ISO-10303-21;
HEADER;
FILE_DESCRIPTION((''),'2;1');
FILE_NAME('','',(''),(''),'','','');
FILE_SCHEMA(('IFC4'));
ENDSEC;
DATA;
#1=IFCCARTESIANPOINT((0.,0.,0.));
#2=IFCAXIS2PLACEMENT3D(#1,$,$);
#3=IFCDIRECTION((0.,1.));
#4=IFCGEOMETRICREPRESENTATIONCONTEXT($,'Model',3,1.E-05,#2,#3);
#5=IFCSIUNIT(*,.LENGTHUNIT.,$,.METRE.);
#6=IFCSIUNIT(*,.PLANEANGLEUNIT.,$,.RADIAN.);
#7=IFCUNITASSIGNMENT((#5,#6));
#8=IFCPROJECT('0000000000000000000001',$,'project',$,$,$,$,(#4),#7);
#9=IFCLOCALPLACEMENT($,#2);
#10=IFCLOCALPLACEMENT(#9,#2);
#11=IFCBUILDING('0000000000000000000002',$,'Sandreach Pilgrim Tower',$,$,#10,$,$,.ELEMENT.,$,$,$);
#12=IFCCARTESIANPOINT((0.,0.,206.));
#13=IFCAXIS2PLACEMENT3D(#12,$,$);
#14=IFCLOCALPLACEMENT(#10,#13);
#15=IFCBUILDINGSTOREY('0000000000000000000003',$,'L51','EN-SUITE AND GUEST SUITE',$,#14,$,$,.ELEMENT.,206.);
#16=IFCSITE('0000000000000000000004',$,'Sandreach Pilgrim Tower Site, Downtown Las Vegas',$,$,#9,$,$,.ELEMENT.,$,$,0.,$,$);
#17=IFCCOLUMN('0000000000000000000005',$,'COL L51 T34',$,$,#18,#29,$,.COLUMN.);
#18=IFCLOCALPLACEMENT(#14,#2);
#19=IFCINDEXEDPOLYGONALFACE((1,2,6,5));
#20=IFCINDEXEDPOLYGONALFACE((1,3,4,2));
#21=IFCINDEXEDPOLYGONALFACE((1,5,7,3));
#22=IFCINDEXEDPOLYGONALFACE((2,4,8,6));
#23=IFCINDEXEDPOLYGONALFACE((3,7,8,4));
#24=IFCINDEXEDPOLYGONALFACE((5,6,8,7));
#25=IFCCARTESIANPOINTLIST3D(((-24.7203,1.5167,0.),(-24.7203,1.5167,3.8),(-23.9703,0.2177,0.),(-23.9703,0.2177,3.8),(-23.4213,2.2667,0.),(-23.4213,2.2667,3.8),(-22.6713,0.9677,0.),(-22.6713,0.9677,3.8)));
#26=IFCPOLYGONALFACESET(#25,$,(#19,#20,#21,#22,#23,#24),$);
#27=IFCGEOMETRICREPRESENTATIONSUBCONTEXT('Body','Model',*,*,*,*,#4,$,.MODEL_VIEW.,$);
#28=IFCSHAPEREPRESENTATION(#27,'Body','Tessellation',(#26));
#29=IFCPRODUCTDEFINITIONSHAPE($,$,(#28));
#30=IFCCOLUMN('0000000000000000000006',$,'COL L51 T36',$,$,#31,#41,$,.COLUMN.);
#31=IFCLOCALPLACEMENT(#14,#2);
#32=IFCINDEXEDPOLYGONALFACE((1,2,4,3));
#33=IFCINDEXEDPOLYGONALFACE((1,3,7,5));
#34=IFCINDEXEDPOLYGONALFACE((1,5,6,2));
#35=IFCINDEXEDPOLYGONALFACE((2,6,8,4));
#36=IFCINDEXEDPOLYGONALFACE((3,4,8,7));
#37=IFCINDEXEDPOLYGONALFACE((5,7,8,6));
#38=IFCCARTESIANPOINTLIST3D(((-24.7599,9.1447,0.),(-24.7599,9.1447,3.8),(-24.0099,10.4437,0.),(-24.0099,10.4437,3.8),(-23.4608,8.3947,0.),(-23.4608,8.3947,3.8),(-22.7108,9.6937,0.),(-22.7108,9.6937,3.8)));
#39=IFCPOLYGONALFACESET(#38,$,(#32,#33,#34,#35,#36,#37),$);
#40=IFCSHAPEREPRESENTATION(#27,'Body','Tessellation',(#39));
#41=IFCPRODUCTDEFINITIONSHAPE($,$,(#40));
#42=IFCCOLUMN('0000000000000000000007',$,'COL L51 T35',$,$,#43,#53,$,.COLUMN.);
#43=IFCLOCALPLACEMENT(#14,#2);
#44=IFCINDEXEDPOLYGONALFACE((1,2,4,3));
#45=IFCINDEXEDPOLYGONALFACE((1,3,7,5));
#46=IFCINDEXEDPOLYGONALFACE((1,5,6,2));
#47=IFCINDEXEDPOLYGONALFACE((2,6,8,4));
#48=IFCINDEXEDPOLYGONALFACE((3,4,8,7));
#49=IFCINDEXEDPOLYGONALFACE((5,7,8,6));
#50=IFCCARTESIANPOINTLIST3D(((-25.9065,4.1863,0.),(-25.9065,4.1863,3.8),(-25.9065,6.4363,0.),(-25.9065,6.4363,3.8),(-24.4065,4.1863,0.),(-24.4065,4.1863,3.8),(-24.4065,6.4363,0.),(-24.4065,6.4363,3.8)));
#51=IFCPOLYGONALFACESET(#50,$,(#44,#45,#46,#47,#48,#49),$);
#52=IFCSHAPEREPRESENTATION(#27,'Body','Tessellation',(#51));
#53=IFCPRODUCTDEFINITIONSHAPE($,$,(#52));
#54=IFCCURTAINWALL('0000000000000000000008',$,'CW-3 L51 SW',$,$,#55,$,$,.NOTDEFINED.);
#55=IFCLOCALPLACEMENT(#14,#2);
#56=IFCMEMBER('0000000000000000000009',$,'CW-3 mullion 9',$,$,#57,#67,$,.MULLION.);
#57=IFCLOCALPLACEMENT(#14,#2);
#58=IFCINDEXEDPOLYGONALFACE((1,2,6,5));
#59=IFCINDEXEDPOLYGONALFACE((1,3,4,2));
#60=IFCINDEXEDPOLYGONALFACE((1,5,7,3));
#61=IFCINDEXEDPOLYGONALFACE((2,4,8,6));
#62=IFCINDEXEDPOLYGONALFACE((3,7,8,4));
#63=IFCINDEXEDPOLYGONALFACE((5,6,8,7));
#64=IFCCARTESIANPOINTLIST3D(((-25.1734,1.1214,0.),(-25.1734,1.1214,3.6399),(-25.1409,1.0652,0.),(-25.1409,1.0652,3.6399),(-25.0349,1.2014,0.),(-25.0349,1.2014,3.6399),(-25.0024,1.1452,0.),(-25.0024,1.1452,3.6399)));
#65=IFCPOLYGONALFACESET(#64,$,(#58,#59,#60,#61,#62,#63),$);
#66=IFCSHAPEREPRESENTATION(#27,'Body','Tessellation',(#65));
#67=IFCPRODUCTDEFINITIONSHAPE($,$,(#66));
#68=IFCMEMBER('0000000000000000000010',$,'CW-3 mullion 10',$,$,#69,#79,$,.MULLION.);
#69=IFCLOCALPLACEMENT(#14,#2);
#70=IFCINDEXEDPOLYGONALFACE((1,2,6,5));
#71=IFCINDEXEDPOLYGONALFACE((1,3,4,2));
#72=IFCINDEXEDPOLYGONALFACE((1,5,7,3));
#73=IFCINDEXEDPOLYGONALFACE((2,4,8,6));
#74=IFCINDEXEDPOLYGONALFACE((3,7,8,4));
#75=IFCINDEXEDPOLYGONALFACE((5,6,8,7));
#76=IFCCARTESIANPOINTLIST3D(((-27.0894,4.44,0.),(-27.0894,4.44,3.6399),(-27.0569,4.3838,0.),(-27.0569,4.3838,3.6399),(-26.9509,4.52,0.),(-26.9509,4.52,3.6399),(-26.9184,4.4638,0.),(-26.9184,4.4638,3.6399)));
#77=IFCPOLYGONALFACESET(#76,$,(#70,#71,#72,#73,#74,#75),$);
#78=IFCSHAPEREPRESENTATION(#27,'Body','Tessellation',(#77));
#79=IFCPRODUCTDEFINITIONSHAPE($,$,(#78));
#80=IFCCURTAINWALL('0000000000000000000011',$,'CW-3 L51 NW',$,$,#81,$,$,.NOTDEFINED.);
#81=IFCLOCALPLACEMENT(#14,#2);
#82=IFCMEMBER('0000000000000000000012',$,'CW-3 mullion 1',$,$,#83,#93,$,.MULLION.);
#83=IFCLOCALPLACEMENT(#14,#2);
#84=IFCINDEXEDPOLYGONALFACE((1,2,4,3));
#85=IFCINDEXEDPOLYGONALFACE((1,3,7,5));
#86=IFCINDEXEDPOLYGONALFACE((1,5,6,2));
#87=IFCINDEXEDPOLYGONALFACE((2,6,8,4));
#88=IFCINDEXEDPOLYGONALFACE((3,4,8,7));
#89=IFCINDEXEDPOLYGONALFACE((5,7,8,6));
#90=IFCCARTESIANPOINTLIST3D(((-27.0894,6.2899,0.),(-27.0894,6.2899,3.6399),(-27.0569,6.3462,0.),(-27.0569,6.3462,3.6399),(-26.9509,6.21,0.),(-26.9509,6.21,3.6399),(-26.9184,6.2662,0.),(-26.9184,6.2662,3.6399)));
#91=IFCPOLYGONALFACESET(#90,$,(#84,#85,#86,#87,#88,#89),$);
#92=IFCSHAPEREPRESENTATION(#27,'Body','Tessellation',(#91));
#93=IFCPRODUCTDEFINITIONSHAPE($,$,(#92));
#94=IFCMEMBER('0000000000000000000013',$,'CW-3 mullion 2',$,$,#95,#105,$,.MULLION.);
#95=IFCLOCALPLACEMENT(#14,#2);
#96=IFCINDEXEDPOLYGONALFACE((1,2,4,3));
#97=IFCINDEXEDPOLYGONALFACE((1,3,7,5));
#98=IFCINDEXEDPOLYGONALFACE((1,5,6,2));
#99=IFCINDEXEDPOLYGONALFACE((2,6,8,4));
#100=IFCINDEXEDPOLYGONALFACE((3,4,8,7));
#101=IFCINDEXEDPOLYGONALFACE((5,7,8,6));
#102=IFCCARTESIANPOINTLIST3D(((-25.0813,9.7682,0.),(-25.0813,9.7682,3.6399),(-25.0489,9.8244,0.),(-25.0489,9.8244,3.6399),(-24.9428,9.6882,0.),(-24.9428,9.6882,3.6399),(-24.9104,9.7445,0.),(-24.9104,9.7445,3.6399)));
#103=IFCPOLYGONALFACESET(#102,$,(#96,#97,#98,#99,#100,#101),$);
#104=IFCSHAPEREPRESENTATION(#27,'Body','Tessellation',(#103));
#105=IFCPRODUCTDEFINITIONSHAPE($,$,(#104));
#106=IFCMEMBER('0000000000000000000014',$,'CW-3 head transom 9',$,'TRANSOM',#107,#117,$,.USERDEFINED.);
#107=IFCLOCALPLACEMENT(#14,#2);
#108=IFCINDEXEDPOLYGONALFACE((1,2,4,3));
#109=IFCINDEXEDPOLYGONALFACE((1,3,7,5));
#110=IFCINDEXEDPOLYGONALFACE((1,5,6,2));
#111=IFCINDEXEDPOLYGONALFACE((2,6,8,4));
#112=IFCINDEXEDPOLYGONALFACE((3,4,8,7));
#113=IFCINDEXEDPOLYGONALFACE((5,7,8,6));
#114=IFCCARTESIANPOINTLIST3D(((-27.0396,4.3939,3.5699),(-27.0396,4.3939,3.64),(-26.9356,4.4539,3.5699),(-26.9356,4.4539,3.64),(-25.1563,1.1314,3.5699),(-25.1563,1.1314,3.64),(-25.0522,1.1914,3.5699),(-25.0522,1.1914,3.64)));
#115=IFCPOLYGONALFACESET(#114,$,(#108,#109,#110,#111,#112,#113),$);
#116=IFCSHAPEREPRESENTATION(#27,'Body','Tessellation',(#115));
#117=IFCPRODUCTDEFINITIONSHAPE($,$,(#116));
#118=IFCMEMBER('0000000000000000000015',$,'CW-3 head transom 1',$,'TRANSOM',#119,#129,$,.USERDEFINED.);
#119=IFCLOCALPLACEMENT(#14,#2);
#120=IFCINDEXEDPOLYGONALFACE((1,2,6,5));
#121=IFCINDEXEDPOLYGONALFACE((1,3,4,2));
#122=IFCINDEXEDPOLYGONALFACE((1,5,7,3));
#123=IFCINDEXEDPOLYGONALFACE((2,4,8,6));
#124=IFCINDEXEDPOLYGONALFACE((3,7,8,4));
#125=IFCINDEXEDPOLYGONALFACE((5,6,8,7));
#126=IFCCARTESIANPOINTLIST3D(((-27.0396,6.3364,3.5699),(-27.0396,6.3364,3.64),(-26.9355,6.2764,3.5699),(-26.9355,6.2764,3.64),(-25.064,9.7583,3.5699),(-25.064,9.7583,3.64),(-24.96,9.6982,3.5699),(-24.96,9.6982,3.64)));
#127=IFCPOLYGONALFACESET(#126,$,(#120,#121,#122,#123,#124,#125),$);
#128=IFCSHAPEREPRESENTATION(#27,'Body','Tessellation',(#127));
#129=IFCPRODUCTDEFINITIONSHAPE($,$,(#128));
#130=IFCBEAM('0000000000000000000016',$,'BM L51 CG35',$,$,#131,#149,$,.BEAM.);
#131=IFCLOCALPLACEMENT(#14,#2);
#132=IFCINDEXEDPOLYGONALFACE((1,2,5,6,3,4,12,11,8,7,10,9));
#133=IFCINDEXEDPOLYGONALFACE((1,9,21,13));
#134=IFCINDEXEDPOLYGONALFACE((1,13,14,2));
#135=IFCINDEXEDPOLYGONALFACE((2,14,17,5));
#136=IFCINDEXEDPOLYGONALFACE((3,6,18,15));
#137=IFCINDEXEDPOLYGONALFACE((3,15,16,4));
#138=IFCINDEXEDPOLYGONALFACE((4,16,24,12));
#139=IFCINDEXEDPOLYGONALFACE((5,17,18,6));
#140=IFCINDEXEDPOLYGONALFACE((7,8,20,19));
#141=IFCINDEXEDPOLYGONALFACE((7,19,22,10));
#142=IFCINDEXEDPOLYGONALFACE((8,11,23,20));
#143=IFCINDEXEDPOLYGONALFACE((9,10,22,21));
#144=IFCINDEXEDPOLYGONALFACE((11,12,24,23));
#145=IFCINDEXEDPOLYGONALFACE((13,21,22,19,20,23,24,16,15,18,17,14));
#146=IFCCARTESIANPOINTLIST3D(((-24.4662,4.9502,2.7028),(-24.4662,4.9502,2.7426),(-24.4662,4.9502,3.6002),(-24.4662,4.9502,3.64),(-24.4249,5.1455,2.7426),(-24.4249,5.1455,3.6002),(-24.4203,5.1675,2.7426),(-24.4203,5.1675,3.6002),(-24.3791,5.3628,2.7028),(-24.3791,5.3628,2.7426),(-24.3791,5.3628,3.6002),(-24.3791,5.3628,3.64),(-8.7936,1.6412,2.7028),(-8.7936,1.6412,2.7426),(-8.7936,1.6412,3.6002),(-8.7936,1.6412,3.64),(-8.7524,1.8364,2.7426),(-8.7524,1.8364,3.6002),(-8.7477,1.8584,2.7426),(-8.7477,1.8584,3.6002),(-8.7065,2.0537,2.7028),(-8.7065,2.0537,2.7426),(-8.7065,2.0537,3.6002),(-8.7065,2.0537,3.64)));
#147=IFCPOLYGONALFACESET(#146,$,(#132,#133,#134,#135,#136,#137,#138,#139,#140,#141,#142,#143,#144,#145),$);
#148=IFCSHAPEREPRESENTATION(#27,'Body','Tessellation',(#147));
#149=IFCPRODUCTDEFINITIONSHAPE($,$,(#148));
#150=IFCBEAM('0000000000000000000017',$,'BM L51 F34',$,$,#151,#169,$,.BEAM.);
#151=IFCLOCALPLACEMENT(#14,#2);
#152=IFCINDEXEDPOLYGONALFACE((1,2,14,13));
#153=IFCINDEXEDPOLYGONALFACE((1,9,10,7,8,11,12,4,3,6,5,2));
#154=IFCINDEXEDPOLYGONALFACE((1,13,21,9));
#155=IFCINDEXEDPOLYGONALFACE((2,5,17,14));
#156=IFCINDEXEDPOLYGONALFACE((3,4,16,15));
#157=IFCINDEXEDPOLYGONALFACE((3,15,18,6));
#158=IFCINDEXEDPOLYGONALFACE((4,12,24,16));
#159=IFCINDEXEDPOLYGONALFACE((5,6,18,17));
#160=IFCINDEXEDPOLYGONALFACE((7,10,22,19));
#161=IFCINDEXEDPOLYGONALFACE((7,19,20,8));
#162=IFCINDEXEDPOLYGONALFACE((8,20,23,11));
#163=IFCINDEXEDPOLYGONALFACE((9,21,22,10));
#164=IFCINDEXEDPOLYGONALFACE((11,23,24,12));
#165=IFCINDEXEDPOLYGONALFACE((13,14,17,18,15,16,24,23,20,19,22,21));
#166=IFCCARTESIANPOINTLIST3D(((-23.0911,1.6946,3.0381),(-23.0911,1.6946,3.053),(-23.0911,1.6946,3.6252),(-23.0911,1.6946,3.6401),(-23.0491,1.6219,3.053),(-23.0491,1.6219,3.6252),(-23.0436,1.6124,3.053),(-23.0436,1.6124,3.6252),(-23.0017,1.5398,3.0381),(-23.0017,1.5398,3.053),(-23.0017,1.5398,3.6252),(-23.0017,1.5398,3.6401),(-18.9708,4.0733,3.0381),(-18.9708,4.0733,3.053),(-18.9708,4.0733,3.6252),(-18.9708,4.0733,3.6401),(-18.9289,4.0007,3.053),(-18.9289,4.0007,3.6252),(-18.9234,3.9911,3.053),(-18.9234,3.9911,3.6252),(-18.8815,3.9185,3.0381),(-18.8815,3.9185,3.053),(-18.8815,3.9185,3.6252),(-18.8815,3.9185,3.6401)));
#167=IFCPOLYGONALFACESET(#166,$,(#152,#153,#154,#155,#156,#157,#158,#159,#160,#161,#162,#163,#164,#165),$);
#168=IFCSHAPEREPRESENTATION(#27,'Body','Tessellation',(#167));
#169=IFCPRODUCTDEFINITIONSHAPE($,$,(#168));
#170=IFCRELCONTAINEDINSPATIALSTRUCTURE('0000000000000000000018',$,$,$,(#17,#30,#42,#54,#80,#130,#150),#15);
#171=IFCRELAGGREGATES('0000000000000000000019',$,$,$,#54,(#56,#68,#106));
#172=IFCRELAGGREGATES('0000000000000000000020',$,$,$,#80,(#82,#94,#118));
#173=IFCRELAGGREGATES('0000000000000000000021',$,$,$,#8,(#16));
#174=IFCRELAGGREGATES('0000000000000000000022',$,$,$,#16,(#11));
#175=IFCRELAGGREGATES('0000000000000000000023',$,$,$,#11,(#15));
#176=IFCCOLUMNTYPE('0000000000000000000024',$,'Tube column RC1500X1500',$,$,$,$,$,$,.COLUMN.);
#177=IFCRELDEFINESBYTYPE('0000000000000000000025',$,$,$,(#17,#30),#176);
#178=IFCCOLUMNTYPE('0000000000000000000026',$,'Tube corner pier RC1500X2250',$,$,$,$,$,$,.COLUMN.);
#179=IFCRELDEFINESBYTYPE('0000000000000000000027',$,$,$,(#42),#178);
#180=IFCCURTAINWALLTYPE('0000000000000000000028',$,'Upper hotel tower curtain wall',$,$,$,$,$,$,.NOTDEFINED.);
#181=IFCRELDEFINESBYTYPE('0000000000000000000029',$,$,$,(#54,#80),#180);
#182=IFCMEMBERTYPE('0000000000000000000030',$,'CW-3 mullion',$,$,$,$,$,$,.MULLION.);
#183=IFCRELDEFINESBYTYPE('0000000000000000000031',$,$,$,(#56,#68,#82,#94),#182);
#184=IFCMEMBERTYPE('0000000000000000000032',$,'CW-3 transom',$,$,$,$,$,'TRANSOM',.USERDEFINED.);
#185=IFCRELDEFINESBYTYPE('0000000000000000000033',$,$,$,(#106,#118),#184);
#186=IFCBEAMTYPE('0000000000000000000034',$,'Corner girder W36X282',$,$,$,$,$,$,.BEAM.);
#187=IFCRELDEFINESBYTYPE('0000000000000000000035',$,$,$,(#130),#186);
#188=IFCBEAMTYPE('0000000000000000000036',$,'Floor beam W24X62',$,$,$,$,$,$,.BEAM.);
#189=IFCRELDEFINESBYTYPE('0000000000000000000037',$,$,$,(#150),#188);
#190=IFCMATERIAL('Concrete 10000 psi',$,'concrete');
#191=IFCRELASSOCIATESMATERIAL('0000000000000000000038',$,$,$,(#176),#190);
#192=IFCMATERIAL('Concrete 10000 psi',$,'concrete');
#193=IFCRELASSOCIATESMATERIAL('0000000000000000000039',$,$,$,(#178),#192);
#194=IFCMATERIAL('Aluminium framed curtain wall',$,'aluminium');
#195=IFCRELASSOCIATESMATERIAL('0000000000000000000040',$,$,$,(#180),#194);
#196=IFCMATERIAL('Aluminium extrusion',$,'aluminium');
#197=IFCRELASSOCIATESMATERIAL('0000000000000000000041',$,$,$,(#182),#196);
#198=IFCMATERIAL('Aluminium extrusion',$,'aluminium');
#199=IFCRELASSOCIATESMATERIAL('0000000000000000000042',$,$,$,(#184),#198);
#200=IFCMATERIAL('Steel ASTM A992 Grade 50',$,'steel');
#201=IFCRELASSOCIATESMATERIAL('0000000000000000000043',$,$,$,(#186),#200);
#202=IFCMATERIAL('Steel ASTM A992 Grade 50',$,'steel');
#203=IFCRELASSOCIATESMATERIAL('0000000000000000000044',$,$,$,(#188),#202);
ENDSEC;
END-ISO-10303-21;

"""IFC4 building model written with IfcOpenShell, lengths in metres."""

from ifc_helpers import new_model, si_unit, direction, frame, origin, origin_2d, place, context, subcontext, project, spatial, rectangle, i_section, extrude, material, material_profile, profile_set, type_object, element, aggregate, save


model = new_model("IFC4")

# Units and contexts
model_context = context("Model", 3, precision=1e-05, world=origin(), true_north=direction((0.0, 1.0)))
body_context = subcontext(model_context, "Body", "Model", "MODEL_VIEW")
ifc_project = project(units=[si_unit("LENGTHUNIT", "METRE"), si_unit("PLANEANGLEUNIT", "RADIAN")], contexts=[model_context])

# Site, building, storey
site_placement = place(None, origin())
site = spatial("IfcSite", under=ifc_project, at=site_placement, Name="Sandreach Pilgrim Tower Site, Downtown Las Vegas", CompositionType="ELEMENT", RefElevation=0.0)
building_placement = place(site_placement, origin())
building = spatial("IfcBuilding", under=site, at=building_placement, Name="Sandreach Pilgrim Tower", CompositionType="ELEMENT")
storey_placement = place(building_placement, frame((0.0, 0.0, 206.0)))
storey = spatial("IfcBuildingStorey", under=building, at=storey_placement, Name="L51", Description="EN-SUITE AND GUEST SUITE", CompositionType="ELEMENT", Elevation=206.0)

# Columns
ifc_material_1 = material(Name="Concrete 10000 psi", Category="concrete")
ifc_material_profile_1 = material_profile(ifc_material_1, rectangle(XDim=1.5, YDim=1.5, at=origin_2d()), Name="RC1500X1500")
ifc_profile_set_1 = profile_set([ifc_material_profile_1], Name="Concrete 10000 psi")
column_type_1 = type_object("IfcColumnType", Name="Tube column RC1500X1500", PredefinedType="COLUMN", material=ifc_profile_set_1)
for number, where, z_axis, x_axis, name in (
    (1, (-23.6958, 1.2422, 0.0), (0.0, 0.0, 1.0), (-0.866025, -0.5, 0.0), "COL L51 T34"),
    (2, (-23.7354, 9.4192, 0.0), (0.0, 0.0, 1.0), (-0.866025, 0.5, 0.0), "COL L51 T36"),
):
    element("IfcColumn", number, at=place(storey_placement, frame(where, z_axis=z_axis, x_axis=x_axis)), inside=storey, type_object=column_type_1, Name=name, PredefinedType="COLUMN", context=body_context, shape_type="SweptSolid", body=[
        extrude(rectangle(XDim=1.5, YDim=1.5, at=origin_2d()), origin(), (0.0, 0.0, 1.0), 3.8),
    ])
ifc_material_2 = material(Name="Concrete 10000 psi", Category="concrete")
ifc_material_profile_2 = material_profile(ifc_material_2, rectangle(XDim=1.5, YDim=2.25, at=origin_2d()), Name="RC1500X2250")
ifc_profile_set_2 = profile_set([ifc_material_profile_2], Name="Concrete 10000 psi")
column_type_2 = type_object("IfcColumnType", Name="Tube corner pier RC1500X2250", PredefinedType="COLUMN", material=ifc_profile_set_2)
column_placement = place(storey_placement, frame((-25.1565, 5.3113, 0.0), z_axis=(0.0, 0.0, 1.0), x_axis=(-1.0, 0.0, 0.0)))
element("IfcColumn", 3, at=column_placement, inside=storey, type_object=column_type_2, Name="COL L51 T35", PredefinedType="COLUMN", context=body_context, shape_type="SweptSolid", body=[
    extrude(rectangle(XDim=1.5, YDim=2.25, at=origin_2d()), origin(), (0.0, 0.0, 1.0), 3.8),
])

# Curtain walls, members
ifc_material_3 = material(Name="Aluminium framed curtain wall", Category="aluminium")
curtain_wall_type = type_object("IfcCurtainWallType", Name="Upper hotel tower curtain wall", PredefinedType="NOTDEFINED", material=ifc_material_3)
curtain_wall_1_placement = place(storey_placement, origin())
curtain_wall_1 = element("IfcCurtainWall", 4, at=curtain_wall_1_placement, inside=storey, type_object=curtain_wall_type, Name="CW-3 L51 SW", PredefinedType="NOTDEFINED")
ifc_material_4 = material(Name="Aluminium extrusion", Category="aluminium")
ifc_material_profile_3 = material_profile(ifc_material_4, rectangle(XDim=0.0649, YDim=0.1599, at=origin_2d()), Name="CW-3M 65X160")
ifc_profile_set_3 = profile_set([ifc_material_profile_3], Name="Aluminium extrusion")
member_type_1 = type_object("IfcMemberType", Name="CW-3 mullion", PredefinedType="MULLION", material=ifc_profile_set_3)
member_1_placement = place(storey_placement, frame((-25.0879, 1.1333, 0.0), z_axis=(0.0, 0.0, 1.0), x_axis=(-0.5, 0.866025, 0.0)))
member_1 = element("IfcMember", 5, at=member_1_placement, type_object=member_type_1, Name="CW-3 mullion 9", PredefinedType="MULLION", context=body_context, shape_type="SweptSolid", body=[
    extrude(rectangle(XDim=0.0649, YDim=0.1599, at=origin_2d()), origin(), (0.0, 0.0, 1.0), 3.6399),
])
member_2_placement = place(storey_placement, frame((-27.0039, 4.4519, 0.0), z_axis=(0.0, 0.0, 1.0), x_axis=(-0.5, 0.866025, 0.0)))
member_2 = element("IfcMember", 6, at=member_2_placement, type_object=member_type_1, Name="CW-3 mullion 10", PredefinedType="MULLION", context=body_context, shape_type="SweptSolid", body=[
    extrude(rectangle(XDim=0.0649, YDim=0.1599, at=origin_2d()), origin(), (0.0, 0.0, 1.0), 3.6399),
])
curtain_wall_2_placement = place(storey_placement, origin())
curtain_wall_2 = element("IfcCurtainWall", 7, at=curtain_wall_2_placement, inside=storey, type_object=curtain_wall_type, Name="CW-3 L51 NW", PredefinedType="NOTDEFINED")
member_3_placement = place(storey_placement, frame((-27.0039, 6.2781, 0.0), z_axis=(0.0, 0.0, 1.0), x_axis=(0.5, 0.866025, 0.0)))
member_3 = element("IfcMember", 8, at=member_3_placement, type_object=member_type_1, Name="CW-3 mullion 1", PredefinedType="MULLION", context=body_context, shape_type="SweptSolid", body=[
    extrude(rectangle(XDim=0.0649, YDim=0.1599, at=origin_2d()), origin(), (0.0, 0.0, 1.0), 3.6399),
])
member_4_placement = place(storey_placement, frame((-24.9958, 9.7563, 0.0), z_axis=(0.0, 0.0, 1.0), x_axis=(0.5, 0.866025, 0.0)))
member_4 = element("IfcMember", 9, at=member_4_placement, type_object=member_type_1, Name="CW-3 mullion 2", PredefinedType="MULLION", context=body_context, shape_type="SweptSolid", body=[
    extrude(rectangle(XDim=0.0649, YDim=0.1599, at=origin_2d()), origin(), (0.0, 0.0, 1.0), 3.6399),
])

# Members
ifc_material_5 = material(Name="Aluminium extrusion", Category="aluminium")
ifc_material_profile_4 = material_profile(ifc_material_5, rectangle(XDim=0.1201, YDim=0.0701, at=origin_2d()), Name="CW-3T 120X70")
ifc_profile_set_4 = profile_set([ifc_material_profile_4], Name="Aluminium extrusion")
member_type_2 = type_object("IfcMemberType", Name="CW-3 transom", ElementType="TRANSOM", PredefinedType="USERDEFINED", material=ifc_profile_set_4)
member_5_placement = place(storey_placement, frame((-25.1042, 1.1614, 3.605), z_axis=(-0.499945, 0.866057, 0.0), x_axis=(-0.866057, -0.499945, 0.0)))
member_5 = element("IfcMember", 10, at=member_5_placement, type_object=member_type_2, Name="CW-3 head transom 9", ObjectType="TRANSOM", PredefinedType="USERDEFINED", context=body_context, shape_type="SweptSolid", body=[
    extrude(rectangle(XDim=0.1201, YDim=0.0701, at=origin_2d()), origin(), (0.0, 0.0, 1.0), 3.7671),
])
member_6_placement = place(storey_placement, frame((-26.9875, 6.3064, 3.605), z_axis=(0.499993, 0.866029, 0.0), x_axis=(-0.866029, 0.499993, 0.0)))
member_6 = element("IfcMember", 11, at=member_6_placement, type_object=member_type_2, Name="CW-3 head transom 1", ObjectType="TRANSOM", PredefinedType="USERDEFINED", context=body_context, shape_type="SweptSolid", body=[
    extrude(rectangle(XDim=0.1201, YDim=0.0701, at=origin_2d()), origin(), (0.0, 0.0, 1.0), 3.9512),
])

# Beams
ifc_material_6 = material(Name="Steel ASTM A992 Grade 50", Category="steel")
ifc_material_profile_5 = material_profile(ifc_material_6, i_section(OverallWidth=0.4216, OverallDepth=0.9373, WebThickness=0.0225, FlangeThickness=0.0398, at=origin_2d()), Name="W36X282")
ifc_profile_set_5 = profile_set([ifc_material_profile_5], Name="Steel ASTM A992 Grade 50")
beam_type_1 = type_object("IfcBeamType", Name="Corner girder W36X282", PredefinedType="BEAM", material=ifc_profile_set_5)
beam_1_placement = place(storey_placement, frame((-24.4226, 5.1565, 3.1714), z_axis=(0.978429, -0.206583, 0.0), x_axis=(0.206583, 0.978429, 0.0)))
element("IfcBeam", 12, at=beam_1_placement, inside=storey, type_object=beam_type_1, Name="BM L51 CG35", PredefinedType="BEAM", context=body_context, shape_type="SweptSolid", body=[
    extrude(i_section(OverallWidth=0.4216, OverallDepth=0.9373, WebThickness=0.0225, FlangeThickness=0.0398, at=origin_2d()), origin(), (0.0, 0.0, 1.0), 16.0181),
])
ifc_material_7 = material(Name="Steel ASTM A992 Grade 50", Category="steel")
ifc_material_profile_6 = material_profile(ifc_material_7, i_section(OverallWidth=0.1787, OverallDepth=0.6021, WebThickness=0.011, FlangeThickness=0.0149, at=origin_2d()), Name="W24X62")
ifc_profile_set_6 = profile_set([ifc_material_profile_6], Name="Steel ASTM A992 Grade 50")
beam_type_2 = type_object("IfcBeamType", Name="Floor beam W24X62", PredefinedType="BEAM", material=ifc_profile_set_6)
beam_2_placement = place(storey_placement, frame((-23.0464, 1.6172, 3.3391), z_axis=(0.866033, 0.499986, 0.0), x_axis=(-0.499986, 0.866033, 0.0)))
element("IfcBeam", 13, at=beam_2_placement, inside=storey, type_object=beam_type_2, Name="BM L51 F34", PredefinedType="BEAM", context=body_context, shape_type="SweptSolid", body=[
    extrude(i_section(OverallWidth=0.1787, OverallDepth=0.6021, WebThickness=0.011, FlangeThickness=0.0149, at=origin_2d()), origin(), (0.0, 0.0, 1.0), 4.7576),
])

aggregate(curtain_wall_1, [member_1, member_2, member_5])
aggregate(curtain_wall_2, [member_3, member_4, member_6])

save(model, "model.ifc")
